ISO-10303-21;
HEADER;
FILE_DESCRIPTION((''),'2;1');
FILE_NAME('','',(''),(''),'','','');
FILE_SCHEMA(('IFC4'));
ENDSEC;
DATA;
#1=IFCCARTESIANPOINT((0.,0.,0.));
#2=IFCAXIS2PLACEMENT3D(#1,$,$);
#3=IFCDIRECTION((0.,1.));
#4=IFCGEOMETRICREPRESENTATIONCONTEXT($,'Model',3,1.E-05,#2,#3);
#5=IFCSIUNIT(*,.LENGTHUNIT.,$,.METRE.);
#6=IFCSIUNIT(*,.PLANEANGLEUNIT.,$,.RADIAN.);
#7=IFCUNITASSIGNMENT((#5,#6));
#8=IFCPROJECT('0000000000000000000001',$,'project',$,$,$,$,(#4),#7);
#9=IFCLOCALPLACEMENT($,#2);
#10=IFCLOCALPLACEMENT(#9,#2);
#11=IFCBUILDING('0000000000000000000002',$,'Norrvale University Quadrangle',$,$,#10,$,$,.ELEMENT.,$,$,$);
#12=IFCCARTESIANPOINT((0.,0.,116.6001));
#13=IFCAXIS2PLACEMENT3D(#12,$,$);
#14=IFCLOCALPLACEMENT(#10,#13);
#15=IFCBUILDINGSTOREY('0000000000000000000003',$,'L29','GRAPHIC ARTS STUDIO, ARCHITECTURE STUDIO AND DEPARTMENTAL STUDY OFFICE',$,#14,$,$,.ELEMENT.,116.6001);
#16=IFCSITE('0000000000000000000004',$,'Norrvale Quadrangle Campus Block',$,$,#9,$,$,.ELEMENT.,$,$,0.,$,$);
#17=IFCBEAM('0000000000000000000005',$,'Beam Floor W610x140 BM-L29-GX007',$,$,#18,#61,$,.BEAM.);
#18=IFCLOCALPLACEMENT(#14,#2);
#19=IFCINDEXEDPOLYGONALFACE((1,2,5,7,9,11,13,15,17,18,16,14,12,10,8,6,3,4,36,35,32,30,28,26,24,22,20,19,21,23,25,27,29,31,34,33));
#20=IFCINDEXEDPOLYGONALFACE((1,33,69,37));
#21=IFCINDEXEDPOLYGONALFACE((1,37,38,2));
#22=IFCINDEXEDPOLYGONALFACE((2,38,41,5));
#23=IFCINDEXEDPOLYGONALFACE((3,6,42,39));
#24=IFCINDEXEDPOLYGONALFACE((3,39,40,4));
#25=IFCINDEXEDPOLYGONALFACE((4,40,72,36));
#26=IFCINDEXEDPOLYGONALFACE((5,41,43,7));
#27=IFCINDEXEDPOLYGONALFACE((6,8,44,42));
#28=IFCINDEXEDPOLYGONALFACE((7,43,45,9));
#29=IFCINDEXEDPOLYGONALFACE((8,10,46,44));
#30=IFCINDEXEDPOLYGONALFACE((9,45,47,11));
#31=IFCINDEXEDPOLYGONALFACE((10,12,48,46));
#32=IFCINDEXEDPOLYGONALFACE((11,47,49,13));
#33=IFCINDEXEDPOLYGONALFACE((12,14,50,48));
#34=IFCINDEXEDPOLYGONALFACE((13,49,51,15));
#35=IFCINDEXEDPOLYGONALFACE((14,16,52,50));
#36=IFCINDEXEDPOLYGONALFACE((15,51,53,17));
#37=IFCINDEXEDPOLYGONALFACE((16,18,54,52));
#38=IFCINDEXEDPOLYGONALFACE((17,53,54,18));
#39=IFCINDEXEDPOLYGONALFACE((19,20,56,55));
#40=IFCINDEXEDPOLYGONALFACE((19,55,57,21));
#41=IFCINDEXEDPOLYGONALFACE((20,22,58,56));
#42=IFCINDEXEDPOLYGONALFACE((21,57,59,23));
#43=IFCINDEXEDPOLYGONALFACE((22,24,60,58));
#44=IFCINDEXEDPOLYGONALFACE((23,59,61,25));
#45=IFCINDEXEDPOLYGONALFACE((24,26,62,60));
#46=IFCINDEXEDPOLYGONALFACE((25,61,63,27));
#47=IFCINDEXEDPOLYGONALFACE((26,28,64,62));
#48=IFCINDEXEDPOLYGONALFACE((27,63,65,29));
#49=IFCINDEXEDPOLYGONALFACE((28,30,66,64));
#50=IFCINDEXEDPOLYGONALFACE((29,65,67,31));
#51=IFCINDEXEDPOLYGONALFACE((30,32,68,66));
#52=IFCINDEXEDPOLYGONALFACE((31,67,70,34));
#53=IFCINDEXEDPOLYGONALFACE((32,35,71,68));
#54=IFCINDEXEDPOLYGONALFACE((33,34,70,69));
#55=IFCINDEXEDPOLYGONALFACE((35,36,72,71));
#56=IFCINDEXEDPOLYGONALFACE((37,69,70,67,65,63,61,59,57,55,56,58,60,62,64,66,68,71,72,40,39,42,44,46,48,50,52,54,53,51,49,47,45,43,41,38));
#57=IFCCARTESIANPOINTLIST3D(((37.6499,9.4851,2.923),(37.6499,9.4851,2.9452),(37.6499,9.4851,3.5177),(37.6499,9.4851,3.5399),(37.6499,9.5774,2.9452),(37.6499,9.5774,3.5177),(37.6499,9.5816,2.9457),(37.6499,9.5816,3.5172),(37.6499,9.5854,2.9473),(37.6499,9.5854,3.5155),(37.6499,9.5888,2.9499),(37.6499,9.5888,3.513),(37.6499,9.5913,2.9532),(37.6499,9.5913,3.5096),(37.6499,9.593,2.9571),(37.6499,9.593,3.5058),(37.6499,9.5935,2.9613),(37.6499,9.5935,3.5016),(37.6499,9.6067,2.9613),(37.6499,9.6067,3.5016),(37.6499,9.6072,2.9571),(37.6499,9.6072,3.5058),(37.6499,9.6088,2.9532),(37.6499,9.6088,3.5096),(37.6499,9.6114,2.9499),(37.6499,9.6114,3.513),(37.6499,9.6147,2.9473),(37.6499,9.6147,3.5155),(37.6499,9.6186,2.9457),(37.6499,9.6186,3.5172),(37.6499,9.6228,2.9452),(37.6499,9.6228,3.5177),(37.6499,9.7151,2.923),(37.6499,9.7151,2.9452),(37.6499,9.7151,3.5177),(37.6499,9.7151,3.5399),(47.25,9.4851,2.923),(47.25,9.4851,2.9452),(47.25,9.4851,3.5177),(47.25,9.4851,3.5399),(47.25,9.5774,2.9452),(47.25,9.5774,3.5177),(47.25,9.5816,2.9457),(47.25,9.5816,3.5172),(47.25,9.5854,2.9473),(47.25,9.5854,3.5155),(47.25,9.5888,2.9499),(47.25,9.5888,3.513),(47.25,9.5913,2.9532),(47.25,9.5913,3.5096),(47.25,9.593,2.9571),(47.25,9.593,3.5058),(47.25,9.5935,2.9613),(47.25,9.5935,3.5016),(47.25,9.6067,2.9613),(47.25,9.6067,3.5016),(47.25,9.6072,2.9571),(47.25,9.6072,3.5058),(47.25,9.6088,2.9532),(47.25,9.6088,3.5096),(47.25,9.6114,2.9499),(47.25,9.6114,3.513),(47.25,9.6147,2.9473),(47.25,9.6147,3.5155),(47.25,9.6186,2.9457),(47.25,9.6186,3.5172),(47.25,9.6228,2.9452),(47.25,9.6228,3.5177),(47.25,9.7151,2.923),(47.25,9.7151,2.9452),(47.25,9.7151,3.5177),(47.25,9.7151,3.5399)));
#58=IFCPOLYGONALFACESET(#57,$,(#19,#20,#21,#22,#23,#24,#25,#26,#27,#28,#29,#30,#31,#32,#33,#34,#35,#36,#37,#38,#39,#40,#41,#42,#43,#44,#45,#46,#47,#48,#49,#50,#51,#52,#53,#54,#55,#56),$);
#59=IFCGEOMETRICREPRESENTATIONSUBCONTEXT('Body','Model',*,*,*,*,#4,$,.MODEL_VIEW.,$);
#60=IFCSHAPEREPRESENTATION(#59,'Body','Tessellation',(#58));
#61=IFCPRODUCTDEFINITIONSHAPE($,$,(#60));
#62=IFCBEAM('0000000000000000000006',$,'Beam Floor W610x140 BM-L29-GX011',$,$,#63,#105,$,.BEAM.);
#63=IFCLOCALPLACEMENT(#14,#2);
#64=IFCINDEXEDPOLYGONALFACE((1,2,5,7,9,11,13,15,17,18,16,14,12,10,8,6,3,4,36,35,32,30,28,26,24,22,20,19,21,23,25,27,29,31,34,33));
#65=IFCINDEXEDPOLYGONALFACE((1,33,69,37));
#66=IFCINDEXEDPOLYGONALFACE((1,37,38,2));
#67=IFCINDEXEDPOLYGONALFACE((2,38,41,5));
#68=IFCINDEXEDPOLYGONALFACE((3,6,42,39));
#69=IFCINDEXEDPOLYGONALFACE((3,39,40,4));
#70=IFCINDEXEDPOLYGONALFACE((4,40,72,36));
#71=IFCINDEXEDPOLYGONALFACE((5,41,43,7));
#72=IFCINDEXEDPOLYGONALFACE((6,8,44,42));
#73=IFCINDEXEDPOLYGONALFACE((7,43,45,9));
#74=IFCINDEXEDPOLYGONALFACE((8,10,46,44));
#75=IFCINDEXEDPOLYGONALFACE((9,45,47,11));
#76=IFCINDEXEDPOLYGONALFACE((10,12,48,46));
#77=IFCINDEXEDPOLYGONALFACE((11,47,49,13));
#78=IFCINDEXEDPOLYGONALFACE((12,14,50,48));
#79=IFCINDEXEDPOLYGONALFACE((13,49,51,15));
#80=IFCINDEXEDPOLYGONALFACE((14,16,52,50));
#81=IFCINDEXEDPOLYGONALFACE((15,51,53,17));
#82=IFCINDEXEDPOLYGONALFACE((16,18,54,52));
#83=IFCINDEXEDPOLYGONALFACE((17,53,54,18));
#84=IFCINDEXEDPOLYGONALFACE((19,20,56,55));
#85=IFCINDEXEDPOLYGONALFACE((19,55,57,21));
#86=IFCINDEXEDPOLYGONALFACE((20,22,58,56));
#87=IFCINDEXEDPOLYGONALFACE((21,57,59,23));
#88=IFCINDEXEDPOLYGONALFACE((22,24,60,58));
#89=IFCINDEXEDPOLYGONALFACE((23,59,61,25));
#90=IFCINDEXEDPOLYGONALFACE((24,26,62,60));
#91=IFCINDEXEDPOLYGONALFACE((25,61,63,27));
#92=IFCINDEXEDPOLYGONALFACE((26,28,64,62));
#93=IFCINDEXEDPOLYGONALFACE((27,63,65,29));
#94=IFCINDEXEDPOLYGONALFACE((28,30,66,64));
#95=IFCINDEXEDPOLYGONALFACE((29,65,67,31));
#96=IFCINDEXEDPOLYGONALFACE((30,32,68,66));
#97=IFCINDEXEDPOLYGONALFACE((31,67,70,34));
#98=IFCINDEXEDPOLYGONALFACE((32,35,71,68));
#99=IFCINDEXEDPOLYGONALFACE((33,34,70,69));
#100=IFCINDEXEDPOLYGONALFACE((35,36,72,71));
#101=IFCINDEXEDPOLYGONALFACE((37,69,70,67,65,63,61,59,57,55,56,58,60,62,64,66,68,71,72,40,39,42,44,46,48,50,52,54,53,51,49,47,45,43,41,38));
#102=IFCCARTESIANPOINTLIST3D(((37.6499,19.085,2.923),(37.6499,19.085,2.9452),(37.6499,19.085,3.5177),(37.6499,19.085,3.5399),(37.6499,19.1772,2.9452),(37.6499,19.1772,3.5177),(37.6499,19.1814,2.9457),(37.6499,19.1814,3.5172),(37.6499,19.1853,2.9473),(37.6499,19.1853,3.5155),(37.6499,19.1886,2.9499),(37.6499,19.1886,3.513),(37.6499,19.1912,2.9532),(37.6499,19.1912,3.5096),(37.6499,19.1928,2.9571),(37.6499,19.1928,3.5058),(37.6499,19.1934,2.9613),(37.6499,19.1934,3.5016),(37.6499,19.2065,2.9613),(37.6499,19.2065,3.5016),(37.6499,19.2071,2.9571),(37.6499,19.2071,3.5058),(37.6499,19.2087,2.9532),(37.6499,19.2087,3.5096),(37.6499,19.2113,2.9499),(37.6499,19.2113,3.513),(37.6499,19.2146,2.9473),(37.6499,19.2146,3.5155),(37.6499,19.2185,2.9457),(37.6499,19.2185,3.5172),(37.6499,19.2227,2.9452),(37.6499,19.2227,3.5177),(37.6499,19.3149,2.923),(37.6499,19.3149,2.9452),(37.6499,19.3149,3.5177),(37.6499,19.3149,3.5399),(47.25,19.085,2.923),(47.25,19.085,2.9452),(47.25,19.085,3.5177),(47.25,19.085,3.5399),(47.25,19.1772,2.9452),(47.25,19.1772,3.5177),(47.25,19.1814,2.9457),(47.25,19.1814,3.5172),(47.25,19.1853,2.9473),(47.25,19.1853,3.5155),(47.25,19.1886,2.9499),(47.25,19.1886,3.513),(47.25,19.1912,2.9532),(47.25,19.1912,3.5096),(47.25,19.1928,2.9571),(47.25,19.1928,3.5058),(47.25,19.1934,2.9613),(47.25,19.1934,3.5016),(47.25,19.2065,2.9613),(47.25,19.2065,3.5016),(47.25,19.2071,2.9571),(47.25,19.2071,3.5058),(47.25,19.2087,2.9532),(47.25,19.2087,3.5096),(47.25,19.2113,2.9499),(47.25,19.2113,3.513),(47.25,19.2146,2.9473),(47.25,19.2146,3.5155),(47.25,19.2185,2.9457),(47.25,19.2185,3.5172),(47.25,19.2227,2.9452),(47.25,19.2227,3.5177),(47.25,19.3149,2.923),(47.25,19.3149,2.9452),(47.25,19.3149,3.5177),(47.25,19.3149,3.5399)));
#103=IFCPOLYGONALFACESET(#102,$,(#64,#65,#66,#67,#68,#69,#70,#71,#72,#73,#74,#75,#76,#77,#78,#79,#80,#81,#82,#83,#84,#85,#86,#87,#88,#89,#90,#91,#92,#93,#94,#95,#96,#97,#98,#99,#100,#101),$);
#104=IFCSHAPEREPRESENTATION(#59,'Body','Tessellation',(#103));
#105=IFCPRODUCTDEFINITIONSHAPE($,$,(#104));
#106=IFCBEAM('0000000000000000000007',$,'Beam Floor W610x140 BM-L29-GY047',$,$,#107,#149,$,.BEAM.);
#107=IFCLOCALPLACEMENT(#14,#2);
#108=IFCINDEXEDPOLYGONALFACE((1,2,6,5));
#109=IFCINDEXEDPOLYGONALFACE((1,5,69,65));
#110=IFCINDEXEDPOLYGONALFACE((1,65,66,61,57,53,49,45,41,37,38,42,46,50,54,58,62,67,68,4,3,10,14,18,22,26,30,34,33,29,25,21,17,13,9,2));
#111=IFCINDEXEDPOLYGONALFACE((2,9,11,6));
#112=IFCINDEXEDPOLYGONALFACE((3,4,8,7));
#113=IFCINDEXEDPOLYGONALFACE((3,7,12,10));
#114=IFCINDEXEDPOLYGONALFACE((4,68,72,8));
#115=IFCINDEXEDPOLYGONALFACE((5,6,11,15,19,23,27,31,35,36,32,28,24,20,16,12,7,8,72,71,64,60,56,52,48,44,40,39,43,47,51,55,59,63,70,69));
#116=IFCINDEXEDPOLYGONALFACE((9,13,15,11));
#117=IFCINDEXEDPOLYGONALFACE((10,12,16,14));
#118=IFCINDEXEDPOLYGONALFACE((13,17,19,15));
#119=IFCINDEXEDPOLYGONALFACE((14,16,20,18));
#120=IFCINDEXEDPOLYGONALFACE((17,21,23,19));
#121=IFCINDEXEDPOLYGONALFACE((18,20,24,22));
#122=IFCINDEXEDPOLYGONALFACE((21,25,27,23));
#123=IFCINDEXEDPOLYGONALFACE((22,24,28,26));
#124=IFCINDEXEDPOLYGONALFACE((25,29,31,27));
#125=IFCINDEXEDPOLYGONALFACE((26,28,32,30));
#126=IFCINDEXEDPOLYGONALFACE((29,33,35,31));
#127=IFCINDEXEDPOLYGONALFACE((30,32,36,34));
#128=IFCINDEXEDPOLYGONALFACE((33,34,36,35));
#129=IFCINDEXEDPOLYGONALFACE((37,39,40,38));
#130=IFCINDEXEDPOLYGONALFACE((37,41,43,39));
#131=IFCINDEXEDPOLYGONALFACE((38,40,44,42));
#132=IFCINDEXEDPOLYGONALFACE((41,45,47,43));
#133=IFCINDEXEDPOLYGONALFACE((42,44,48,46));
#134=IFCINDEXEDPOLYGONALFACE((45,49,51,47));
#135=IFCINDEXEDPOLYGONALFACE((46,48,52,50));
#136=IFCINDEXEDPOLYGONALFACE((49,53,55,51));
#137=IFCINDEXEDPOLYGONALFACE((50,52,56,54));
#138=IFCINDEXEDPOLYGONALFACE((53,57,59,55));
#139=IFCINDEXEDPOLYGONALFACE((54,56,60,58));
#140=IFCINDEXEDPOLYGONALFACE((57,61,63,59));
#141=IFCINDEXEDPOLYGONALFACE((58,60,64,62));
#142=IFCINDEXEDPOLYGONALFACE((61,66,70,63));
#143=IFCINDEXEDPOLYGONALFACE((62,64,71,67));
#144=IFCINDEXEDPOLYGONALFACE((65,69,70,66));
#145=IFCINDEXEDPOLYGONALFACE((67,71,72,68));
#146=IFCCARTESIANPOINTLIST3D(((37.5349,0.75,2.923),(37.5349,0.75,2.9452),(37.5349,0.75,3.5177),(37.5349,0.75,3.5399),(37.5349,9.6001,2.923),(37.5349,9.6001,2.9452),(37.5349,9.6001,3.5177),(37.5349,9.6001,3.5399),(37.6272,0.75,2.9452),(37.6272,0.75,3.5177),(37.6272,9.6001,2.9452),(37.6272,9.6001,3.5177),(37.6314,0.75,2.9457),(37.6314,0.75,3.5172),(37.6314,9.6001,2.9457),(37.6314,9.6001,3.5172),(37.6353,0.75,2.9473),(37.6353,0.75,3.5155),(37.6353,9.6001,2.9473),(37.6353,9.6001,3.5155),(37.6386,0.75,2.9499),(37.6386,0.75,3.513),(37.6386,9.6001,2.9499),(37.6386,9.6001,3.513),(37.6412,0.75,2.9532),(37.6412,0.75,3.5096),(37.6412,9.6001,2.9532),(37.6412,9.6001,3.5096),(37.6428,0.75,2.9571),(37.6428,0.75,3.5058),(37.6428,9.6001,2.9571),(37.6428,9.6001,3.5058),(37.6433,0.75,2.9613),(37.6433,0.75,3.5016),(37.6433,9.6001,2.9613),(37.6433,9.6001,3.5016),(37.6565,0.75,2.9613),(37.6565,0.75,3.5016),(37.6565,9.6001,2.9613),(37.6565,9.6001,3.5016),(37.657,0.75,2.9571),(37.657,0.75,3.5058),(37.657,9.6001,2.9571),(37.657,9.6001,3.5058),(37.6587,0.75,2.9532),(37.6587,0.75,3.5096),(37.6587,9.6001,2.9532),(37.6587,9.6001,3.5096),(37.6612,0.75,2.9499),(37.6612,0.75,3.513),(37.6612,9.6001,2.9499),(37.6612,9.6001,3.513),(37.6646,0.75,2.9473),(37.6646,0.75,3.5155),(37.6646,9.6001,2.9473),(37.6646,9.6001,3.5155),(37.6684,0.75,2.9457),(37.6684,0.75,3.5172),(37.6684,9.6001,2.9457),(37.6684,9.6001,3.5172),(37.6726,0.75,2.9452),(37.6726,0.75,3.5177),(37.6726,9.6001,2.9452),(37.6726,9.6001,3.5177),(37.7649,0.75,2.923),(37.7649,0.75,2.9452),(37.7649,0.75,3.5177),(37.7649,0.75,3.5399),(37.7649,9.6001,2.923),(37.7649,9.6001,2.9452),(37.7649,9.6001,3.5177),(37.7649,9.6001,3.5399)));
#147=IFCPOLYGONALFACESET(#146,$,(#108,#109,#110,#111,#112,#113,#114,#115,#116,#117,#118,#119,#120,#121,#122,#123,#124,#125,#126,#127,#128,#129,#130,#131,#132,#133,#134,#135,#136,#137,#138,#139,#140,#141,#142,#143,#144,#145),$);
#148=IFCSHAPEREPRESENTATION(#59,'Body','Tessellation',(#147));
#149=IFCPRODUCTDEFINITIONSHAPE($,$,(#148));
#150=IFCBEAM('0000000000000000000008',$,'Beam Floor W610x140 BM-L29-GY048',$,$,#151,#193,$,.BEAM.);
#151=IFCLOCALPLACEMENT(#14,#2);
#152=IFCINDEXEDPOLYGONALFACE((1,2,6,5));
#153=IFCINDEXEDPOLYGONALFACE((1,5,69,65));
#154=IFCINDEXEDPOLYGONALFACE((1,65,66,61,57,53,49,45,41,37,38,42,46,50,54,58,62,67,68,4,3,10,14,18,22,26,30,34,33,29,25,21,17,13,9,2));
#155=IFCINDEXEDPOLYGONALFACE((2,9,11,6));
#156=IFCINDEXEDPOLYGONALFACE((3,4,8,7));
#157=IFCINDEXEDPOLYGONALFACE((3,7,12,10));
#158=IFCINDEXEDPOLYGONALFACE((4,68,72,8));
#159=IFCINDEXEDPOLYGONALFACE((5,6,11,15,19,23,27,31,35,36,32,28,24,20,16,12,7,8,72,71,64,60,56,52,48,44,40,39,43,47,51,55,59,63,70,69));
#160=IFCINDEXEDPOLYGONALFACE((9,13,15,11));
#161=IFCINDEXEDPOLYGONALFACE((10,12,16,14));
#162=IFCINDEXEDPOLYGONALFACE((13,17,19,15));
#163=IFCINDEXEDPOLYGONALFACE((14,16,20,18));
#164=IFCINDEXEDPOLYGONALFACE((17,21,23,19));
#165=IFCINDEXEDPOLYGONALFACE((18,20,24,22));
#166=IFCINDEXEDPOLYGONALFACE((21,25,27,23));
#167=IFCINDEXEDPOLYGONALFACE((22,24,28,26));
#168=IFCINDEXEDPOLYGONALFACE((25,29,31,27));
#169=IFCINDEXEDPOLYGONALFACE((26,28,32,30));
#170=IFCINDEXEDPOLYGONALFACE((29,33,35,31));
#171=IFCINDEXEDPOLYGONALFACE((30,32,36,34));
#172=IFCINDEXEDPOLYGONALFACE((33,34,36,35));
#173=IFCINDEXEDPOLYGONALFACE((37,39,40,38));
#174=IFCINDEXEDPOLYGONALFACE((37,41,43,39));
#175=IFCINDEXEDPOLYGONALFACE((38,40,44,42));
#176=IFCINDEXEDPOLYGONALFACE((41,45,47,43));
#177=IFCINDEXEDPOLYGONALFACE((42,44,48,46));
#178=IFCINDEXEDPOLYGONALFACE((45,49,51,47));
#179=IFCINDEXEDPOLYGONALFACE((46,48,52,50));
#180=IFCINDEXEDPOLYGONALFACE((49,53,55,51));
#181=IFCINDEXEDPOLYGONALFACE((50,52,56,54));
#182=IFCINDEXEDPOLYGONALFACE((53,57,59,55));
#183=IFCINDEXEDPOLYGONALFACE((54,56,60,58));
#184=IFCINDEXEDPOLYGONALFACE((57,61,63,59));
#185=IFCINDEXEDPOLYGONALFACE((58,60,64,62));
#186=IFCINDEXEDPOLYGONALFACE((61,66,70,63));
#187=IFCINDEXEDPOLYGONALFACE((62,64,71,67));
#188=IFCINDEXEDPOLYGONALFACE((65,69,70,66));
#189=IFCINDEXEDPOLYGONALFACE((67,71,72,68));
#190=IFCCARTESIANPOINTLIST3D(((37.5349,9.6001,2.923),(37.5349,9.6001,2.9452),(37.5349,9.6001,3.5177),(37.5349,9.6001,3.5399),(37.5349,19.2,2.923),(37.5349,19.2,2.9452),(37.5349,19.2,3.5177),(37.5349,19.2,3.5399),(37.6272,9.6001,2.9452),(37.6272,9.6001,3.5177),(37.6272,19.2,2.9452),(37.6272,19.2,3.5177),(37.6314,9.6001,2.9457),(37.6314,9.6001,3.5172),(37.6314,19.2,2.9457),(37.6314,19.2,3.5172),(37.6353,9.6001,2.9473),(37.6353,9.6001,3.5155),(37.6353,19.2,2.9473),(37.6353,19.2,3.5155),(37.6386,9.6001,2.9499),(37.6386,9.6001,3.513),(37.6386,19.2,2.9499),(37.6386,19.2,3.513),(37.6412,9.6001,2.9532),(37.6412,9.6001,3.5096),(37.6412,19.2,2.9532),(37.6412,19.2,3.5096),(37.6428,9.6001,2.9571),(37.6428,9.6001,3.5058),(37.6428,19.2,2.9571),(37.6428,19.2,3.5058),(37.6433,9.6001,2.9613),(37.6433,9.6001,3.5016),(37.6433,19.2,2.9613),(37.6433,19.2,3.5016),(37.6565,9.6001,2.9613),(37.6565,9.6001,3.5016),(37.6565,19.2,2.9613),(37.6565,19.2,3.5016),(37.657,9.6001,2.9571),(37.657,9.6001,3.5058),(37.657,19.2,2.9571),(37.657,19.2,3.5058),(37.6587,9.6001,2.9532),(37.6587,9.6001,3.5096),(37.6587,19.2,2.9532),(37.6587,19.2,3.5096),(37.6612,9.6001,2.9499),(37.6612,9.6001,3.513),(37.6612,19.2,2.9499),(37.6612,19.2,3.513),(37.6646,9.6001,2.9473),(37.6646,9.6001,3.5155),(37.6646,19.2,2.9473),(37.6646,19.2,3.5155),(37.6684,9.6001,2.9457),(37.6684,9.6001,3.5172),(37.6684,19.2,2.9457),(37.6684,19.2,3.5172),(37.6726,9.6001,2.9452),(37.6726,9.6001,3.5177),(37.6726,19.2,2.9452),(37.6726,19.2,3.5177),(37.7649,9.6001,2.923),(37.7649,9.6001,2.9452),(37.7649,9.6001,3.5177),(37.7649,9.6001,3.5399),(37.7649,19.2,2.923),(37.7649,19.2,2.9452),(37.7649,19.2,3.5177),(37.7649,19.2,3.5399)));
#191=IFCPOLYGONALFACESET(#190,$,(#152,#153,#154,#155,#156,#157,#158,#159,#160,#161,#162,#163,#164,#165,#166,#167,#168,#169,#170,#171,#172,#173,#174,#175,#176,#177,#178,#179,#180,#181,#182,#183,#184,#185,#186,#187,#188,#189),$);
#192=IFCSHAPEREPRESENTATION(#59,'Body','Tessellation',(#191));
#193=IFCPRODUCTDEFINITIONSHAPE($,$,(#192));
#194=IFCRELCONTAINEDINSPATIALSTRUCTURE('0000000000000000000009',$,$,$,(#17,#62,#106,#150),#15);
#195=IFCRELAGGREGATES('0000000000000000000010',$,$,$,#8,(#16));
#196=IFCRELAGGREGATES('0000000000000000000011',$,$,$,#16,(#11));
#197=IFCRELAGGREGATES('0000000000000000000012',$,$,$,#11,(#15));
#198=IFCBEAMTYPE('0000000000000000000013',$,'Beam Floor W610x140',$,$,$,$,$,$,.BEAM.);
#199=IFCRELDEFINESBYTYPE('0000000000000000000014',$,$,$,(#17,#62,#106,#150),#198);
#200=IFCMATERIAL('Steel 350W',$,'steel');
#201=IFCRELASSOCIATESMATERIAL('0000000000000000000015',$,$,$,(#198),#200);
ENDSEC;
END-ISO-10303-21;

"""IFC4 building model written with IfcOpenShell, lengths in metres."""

from ifc_helpers import new_model, si_unit, direction, frame, origin, origin_2d, place, context, subcontext, project, spatial, i_section, extrude, material, material_profile, profile_set, type_object, element, save


model = new_model("IFC4")

# Units and contexts
model_context = context("Model", 3, precision=1e-05, world=origin(), true_north=direction((0.0, 1.0)))
body_context = subcontext(model_context, "Body", "Model", "MODEL_VIEW")
ifc_project = project(units=[si_unit("LENGTHUNIT", "METRE"), si_unit("PLANEANGLEUNIT", "RADIAN")], contexts=[model_context])

# Site, building, storey
site_placement = place(None, origin())
site = spatial("IfcSite", under=ifc_project, at=site_placement, Name="Norrvale Quadrangle Campus Block", CompositionType="ELEMENT", RefElevation=0.0)
building_placement = place(site_placement, origin())
building = spatial("IfcBuilding", under=site, at=building_placement, Name="Norrvale University Quadrangle", CompositionType="ELEMENT")
storey_placement = place(building_placement, frame((0.0, 0.0, 116.6001)))
storey = spatial("IfcBuildingStorey", under=building, at=storey_placement, Name="L29", Description="GRAPHIC ARTS STUDIO, ARCHITECTURE STUDIO AND DEPARTMENTAL STUDY OFFICE", CompositionType="ELEMENT", Elevation=116.6001)

# Beams
ifc_material_1 = material(Name="Steel 350W", Category="steel")
ifc_material_profile_1 = material_profile(ifc_material_1, i_section(OverallWidth=0.23, OverallDepth=0.6169, WebThickness=0.0132, FlangeThickness=0.0222, FilletRadius=0.0161, at=origin_2d()), Name="Steel 350W")
ifc_profile_set_1 = profile_set([ifc_material_profile_1], Name="Steel 350W")
beam_type_1 = type_object("IfcBeamType", Name="Beam Floor W610x140", PredefinedType="BEAM", material=ifc_profile_set_1)
for number, where, z_axis, x_axis, name in (
    (1, (37.6499, 9.6001, 3.2314), (1.0, 0.0, 0.0), (0.0, 1.0, 0.0), "Beam Floor W610x140 BM-L29-GX007"),
    (2, (37.6499, 19.2, 3.2314), (1.0, 0.0, 0.0), (0.0, 1.0, 0.0), "Beam Floor W610x140 BM-L29-GX011"),
):
    element("IfcBeam", number, at=place(storey_placement, frame(where, z_axis=z_axis, x_axis=x_axis)), inside=storey, type_object=beam_type_1, Name=name, PredefinedType="BEAM", context=body_context, shape_type="SweptSolid", body=[
        extrude(i_section(OverallWidth=0.23, OverallDepth=0.6169, WebThickness=0.0132, FlangeThickness=0.0222, FilletRadius=0.0161, at=origin_2d()), origin(), (0.0, 0.0, 1.0), 9.6001),
    ])
beam_1_placement = place(storey_placement, frame((37.6499, 0.75, 3.2314), z_axis=(0.0, 1.0, 0.0), x_axis=(-1.0, 0.0, 0.0)))
element("IfcBeam", 3, at=beam_1_placement, inside=storey, type_object=beam_type_1, Name="Beam Floor W610x140 BM-L29-GY047", PredefinedType="BEAM", context=body_context, shape_type="SweptSolid", body=[
    extrude(i_section(OverallWidth=0.23, OverallDepth=0.6169, WebThickness=0.0132, FlangeThickness=0.0222, FilletRadius=0.0161, at=origin_2d()), origin(), (0.0, 0.0, 1.0), 8.8501),
])
beam_2_placement = place(storey_placement, frame((37.6499, 9.6001, 3.2314), z_axis=(0.0, 1.0, 0.0), x_axis=(-1.0, 0.0, 0.0)))
element("IfcBeam", 4, at=beam_2_placement, inside=storey, type_object=beam_type_1, Name="Beam Floor W610x140 BM-L29-GY048", PredefinedType="BEAM", context=body_context, shape_type="SweptSolid", body=[
    extrude(i_section(OverallWidth=0.23, OverallDepth=0.6169, WebThickness=0.0132, FlangeThickness=0.0222, FilletRadius=0.0161, at=origin_2d()), origin(), (0.0, 0.0, 1.0), 9.5999),
])

save(model, "model.ifc")
